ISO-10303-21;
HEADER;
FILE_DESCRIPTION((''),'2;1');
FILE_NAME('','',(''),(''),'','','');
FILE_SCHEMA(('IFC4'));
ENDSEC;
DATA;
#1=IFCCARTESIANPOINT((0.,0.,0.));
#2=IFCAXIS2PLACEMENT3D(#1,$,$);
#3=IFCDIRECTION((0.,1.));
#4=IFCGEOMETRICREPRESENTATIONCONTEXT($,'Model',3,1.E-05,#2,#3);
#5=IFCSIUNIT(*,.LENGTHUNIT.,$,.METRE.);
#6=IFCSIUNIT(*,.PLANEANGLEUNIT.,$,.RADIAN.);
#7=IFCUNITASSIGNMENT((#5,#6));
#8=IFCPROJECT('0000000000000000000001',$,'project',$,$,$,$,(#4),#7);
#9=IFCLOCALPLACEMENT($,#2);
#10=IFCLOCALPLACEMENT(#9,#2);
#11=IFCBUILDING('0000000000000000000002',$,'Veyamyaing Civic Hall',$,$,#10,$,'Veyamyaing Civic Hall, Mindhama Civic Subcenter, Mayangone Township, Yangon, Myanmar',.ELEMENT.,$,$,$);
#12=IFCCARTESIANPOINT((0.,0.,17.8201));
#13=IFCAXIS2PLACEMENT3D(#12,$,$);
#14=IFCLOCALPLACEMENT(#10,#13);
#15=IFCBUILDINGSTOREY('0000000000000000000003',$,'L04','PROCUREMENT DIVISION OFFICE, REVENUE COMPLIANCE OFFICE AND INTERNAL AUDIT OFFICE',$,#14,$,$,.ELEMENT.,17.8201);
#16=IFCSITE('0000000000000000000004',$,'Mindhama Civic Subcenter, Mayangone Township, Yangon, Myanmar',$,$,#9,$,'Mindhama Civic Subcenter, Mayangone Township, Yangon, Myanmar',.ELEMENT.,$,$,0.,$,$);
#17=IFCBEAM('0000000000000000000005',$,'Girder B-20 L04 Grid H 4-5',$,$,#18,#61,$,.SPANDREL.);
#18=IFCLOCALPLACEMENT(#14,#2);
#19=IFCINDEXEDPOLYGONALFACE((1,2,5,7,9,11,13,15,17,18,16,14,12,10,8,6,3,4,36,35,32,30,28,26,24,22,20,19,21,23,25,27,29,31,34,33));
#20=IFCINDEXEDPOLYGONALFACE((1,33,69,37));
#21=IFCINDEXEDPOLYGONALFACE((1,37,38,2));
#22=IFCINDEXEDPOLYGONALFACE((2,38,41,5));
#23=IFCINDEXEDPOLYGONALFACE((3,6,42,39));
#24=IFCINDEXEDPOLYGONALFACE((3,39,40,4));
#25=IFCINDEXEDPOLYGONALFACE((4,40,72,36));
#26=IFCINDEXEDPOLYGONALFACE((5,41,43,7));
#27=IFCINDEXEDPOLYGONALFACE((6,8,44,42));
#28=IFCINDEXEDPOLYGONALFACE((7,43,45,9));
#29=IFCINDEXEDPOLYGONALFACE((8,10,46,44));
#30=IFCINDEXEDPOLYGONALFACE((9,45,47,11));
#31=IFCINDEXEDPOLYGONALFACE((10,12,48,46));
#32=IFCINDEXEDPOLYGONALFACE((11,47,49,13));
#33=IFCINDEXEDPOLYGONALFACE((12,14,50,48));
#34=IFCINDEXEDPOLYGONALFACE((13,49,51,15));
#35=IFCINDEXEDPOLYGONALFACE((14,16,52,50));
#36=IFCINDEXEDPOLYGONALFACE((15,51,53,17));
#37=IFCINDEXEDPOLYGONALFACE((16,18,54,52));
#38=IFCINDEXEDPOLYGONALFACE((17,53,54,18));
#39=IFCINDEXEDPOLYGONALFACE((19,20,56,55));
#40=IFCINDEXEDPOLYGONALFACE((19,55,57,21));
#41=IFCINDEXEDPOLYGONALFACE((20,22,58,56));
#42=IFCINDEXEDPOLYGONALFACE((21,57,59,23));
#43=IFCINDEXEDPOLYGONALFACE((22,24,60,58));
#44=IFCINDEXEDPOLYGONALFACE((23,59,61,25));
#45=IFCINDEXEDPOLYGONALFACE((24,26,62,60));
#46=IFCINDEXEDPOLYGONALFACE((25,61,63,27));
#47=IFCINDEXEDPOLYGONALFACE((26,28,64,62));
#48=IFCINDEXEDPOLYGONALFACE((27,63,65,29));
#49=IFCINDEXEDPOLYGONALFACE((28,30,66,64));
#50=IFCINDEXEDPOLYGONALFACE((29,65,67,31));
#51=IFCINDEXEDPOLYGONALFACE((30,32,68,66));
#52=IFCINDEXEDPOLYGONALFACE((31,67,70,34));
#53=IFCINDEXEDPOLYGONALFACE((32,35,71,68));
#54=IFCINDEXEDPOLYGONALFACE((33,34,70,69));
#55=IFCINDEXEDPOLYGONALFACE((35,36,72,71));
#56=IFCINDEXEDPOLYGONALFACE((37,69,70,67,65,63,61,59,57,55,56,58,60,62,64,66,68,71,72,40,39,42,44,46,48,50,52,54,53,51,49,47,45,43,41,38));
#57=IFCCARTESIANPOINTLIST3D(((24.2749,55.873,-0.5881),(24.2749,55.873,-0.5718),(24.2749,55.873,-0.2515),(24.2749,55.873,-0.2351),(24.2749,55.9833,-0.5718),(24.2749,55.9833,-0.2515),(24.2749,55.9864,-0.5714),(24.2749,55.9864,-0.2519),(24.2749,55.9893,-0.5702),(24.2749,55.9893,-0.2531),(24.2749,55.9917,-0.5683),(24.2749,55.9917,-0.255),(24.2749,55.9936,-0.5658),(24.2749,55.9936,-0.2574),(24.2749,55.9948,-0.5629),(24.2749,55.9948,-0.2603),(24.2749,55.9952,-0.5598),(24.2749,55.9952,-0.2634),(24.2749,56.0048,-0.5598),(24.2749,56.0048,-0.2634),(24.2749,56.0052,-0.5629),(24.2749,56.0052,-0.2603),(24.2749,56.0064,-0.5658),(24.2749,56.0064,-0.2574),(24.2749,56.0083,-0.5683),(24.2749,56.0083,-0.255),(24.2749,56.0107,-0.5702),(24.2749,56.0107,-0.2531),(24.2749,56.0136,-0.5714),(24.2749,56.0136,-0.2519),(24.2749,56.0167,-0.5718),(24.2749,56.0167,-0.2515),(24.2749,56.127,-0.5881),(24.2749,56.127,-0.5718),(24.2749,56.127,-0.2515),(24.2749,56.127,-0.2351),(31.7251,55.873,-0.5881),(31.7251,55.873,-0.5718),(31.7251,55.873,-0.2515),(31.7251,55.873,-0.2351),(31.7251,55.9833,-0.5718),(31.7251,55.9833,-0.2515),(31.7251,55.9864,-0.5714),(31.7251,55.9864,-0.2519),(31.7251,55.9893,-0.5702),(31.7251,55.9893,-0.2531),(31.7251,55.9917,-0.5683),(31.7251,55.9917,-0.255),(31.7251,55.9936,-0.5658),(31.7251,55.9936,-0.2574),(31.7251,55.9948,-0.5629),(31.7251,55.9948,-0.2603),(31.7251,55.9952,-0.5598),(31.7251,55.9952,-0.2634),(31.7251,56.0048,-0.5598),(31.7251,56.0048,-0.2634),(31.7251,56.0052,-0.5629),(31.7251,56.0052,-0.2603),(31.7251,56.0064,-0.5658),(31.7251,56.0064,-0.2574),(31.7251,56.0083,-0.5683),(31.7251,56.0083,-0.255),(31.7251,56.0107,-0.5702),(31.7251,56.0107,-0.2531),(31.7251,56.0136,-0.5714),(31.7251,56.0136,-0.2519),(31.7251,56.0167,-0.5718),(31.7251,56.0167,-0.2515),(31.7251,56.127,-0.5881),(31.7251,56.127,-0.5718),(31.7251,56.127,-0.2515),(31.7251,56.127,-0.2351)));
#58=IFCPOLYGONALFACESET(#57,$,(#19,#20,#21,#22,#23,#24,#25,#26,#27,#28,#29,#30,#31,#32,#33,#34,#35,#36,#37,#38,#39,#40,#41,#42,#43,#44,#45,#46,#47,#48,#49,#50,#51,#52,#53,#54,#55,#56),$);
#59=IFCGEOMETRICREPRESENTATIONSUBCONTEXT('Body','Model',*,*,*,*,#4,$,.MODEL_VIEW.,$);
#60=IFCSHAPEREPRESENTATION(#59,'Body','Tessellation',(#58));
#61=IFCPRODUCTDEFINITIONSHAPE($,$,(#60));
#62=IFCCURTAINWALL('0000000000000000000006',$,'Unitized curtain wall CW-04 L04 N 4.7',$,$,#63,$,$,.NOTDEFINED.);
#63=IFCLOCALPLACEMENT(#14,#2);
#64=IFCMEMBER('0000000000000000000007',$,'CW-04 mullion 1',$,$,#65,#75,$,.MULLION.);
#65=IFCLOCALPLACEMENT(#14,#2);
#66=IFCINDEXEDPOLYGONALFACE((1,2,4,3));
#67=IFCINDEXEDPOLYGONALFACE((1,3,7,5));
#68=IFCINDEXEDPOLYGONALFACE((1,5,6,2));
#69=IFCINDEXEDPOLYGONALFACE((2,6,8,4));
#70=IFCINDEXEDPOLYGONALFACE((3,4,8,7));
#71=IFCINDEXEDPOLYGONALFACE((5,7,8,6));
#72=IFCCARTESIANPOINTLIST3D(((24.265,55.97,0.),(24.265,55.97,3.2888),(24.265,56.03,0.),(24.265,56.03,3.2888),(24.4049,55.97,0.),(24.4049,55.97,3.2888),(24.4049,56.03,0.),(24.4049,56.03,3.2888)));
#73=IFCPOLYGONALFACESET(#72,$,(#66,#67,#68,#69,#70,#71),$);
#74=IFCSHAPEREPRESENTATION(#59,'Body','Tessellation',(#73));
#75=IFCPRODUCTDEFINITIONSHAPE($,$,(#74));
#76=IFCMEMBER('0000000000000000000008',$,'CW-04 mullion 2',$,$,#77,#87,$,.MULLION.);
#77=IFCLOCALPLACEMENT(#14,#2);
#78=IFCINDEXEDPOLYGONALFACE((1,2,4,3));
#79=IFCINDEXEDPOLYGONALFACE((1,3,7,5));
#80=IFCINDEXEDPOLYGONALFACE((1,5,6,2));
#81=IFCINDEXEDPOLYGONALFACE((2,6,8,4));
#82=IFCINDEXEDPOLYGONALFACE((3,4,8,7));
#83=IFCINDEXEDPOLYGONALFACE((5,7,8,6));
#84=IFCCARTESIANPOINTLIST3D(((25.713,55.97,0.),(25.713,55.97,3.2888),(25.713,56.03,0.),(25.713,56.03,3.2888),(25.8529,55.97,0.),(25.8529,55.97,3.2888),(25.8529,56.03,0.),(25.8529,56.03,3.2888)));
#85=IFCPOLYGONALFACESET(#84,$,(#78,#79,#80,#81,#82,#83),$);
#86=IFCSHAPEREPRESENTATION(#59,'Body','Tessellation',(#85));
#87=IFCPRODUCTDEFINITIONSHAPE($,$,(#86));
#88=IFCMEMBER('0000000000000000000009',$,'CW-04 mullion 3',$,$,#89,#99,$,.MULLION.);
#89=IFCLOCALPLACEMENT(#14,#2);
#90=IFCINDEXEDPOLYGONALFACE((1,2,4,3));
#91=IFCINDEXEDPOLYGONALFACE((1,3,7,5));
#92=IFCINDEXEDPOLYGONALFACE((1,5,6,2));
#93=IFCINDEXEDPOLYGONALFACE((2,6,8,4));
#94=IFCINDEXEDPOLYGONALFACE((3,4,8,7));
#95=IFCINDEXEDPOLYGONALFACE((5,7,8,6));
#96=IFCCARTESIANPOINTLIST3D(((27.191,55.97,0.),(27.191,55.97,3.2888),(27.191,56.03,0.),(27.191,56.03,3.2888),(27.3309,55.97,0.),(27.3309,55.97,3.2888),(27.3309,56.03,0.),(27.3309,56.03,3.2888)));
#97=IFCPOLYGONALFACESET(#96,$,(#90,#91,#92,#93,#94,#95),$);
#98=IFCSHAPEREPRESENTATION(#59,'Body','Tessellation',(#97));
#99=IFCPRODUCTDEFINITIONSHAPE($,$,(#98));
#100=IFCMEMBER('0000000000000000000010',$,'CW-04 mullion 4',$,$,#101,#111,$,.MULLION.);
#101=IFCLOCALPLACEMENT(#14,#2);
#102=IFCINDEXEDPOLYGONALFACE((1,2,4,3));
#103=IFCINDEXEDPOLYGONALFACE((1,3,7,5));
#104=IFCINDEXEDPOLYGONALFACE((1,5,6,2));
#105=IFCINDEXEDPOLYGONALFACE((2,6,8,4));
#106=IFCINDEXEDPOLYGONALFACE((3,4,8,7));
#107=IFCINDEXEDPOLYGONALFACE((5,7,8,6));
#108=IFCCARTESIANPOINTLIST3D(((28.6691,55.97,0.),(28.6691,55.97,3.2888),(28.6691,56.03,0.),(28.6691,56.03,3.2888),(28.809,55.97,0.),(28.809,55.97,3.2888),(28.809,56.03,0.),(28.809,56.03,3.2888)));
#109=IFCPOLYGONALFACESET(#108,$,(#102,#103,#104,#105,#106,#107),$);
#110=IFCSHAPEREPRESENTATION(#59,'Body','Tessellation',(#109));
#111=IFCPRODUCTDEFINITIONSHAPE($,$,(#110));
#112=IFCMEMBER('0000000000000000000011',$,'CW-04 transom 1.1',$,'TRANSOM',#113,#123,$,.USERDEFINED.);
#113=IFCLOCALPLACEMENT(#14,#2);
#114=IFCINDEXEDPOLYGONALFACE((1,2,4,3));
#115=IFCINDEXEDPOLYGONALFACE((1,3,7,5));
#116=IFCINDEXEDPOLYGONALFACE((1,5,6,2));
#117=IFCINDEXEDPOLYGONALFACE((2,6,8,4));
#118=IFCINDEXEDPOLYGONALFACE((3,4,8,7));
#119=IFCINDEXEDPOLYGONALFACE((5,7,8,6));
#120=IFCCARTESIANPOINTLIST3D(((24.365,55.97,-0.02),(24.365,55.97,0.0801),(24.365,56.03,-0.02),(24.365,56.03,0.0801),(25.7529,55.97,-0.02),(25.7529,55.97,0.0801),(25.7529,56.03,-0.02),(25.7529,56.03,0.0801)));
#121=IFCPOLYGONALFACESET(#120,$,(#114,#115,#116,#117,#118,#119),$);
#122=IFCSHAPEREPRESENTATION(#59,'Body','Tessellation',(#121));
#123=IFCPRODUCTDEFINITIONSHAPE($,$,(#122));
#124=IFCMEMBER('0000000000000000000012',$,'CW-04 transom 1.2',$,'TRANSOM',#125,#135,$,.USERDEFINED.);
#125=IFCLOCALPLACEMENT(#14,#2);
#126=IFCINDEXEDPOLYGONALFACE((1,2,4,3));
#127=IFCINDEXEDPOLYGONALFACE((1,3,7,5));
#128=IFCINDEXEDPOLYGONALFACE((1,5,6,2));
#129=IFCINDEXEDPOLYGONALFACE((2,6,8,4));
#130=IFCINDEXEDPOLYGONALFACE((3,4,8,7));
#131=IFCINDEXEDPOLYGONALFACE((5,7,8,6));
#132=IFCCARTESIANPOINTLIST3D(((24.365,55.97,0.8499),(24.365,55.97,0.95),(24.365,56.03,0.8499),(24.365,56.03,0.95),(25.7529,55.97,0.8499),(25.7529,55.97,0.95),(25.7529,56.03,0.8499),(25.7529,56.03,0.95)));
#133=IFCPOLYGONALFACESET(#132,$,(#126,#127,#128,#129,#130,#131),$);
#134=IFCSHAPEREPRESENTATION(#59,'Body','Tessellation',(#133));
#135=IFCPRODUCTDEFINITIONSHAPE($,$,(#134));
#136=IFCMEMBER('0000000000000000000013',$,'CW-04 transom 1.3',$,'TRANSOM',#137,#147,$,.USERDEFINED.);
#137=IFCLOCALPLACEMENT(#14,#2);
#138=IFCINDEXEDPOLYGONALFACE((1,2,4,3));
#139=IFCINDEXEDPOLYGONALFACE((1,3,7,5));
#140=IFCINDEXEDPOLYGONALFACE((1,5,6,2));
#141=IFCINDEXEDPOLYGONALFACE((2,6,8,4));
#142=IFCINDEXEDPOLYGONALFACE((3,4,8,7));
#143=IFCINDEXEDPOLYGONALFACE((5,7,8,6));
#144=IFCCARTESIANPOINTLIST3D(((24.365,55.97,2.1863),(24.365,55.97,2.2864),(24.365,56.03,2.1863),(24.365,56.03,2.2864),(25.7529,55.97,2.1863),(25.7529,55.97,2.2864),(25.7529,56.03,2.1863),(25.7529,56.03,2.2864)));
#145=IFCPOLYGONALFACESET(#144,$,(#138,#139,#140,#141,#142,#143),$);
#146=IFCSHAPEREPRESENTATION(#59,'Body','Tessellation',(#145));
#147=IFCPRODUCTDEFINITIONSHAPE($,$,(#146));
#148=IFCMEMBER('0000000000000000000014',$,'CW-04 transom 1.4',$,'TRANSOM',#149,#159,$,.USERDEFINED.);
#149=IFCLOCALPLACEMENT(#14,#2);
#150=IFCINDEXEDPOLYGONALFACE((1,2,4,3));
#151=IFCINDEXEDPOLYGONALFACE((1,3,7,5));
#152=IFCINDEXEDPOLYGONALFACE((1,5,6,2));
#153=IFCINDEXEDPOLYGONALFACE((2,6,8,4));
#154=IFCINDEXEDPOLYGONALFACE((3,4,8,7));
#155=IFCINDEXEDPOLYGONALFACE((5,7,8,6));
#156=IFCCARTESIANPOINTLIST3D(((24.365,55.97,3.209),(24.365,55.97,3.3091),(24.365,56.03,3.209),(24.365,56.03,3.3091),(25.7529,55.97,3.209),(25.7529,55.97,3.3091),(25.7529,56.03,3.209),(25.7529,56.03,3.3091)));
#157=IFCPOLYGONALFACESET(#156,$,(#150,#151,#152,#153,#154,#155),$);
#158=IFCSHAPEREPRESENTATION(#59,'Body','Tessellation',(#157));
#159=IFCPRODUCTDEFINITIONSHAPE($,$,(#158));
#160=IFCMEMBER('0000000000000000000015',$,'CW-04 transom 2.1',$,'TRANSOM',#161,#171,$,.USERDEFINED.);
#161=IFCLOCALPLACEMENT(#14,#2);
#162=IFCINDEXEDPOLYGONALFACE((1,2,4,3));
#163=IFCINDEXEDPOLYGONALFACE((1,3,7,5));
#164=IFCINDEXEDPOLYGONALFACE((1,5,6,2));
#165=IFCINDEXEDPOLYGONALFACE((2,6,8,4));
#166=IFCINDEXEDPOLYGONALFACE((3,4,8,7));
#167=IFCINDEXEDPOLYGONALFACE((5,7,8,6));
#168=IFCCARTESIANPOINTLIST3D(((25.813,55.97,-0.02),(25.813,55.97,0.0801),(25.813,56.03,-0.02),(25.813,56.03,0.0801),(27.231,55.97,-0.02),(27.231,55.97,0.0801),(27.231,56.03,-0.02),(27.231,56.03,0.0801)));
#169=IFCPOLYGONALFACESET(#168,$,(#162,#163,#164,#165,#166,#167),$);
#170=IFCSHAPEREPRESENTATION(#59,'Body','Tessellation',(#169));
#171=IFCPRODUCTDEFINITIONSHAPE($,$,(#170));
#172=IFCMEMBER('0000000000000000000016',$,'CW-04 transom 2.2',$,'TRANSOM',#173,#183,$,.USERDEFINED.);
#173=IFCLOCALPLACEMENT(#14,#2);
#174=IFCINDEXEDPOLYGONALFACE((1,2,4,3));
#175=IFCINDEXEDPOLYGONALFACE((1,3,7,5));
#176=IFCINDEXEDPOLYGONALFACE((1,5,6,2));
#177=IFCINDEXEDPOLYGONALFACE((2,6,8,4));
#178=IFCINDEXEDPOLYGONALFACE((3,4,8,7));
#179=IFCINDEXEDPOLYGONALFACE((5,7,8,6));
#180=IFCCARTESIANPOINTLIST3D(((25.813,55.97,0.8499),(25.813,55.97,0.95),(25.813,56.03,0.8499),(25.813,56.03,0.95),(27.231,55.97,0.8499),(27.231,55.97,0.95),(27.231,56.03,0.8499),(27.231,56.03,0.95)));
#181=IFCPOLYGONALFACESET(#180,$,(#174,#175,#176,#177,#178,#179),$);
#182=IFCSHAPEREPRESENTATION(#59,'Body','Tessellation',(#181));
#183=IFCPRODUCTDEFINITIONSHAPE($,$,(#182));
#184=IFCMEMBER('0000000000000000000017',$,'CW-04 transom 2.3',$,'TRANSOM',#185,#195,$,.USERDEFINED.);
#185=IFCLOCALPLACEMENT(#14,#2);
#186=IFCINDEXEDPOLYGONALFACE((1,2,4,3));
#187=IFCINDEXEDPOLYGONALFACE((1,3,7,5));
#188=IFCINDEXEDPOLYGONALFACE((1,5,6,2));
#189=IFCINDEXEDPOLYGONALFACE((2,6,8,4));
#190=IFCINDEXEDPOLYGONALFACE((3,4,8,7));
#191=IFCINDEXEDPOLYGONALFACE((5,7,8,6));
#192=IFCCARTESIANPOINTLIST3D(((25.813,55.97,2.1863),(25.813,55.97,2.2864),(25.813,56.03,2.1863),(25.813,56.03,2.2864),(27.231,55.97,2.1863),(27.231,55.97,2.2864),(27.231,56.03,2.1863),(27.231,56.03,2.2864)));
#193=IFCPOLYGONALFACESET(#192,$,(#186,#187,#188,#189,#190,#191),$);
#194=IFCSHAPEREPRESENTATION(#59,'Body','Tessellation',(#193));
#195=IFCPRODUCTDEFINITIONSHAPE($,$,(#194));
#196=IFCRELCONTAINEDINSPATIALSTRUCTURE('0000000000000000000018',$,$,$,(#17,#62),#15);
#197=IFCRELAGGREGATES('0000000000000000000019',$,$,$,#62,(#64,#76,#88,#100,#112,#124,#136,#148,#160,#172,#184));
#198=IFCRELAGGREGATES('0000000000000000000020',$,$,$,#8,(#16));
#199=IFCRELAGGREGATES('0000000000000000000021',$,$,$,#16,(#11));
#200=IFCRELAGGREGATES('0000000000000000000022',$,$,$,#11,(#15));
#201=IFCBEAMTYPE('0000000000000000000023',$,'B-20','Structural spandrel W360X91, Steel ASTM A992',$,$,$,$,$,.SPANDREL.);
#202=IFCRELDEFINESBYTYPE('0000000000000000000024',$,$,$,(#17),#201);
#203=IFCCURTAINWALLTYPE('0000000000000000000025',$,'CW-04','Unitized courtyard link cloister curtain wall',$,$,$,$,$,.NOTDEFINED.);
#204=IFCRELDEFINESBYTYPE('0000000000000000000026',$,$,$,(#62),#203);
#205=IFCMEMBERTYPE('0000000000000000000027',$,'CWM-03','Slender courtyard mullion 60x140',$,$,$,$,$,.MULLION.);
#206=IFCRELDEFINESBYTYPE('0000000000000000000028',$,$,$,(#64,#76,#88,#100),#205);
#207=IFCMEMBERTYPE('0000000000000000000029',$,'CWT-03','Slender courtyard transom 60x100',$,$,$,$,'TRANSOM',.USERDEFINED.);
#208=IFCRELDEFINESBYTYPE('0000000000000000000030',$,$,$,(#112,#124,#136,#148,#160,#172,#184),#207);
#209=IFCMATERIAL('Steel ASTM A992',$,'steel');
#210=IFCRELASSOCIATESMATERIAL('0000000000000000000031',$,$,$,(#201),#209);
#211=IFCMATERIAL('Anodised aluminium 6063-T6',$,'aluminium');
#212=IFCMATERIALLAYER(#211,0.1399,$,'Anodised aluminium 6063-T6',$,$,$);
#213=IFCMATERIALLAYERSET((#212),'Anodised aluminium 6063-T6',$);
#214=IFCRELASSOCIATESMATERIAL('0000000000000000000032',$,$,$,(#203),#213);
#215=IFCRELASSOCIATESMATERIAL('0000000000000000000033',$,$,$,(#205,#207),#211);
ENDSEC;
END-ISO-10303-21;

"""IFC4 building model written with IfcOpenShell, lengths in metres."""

from ifc_helpers import new_model, si_unit, direction, frame, origin, origin_2d, place, context, subcontext, project, spatial, rectangle, i_section, extrude, material, layer, layer_set, material_profile, profile_set, type_object, element, aggregate, save


model = new_model("IFC4")

# Units and contexts
model_context = context("Model", 3, precision=1e-05, world=origin(), true_north=direction((0.0, 1.0)))
body_context = subcontext(model_context, "Body", "Model", "MODEL_VIEW")
ifc_project = project(units=[si_unit("LENGTHUNIT", "METRE"), si_unit("PLANEANGLEUNIT", "RADIAN")], contexts=[model_context])

# Site, building, storey
site_placement = place(None, origin())
site = spatial("IfcSite", under=ifc_project, at=site_placement, Name="Mindhama Civic Subcenter, Mayangone Township, Yangon, Myanmar", LongName="Mindhama Civic Subcenter, Mayangone Township, Yangon, Myanmar", CompositionType="ELEMENT", RefElevation=0.0)
building_placement = place(site_placement, origin())
building = spatial("IfcBuilding", under=site, at=building_placement, Name="Veyamyaing Civic Hall", LongName="Veyamyaing Civic Hall, Mindhama Civic Subcenter, Mayangone Township, Yangon, Myanmar", CompositionType="ELEMENT")
storey_placement = place(building_placement, frame((0.0, 0.0, 17.8201)))
storey = spatial("IfcBuildingStorey", under=building, at=storey_placement, Name="L04", Description="PROCUREMENT DIVISION OFFICE, REVENUE COMPLIANCE OFFICE AND INTERNAL AUDIT OFFICE", CompositionType="ELEMENT", Elevation=17.8201)

# Beam
ifc_material_1 = material(Name="Steel ASTM A992", Category="steel")
ifc_material_profile_1 = material_profile(ifc_material_1, i_section(OverallWidth=0.2539, OverallDepth=0.353, WebThickness=0.0095, FlangeThickness=0.0164, FilletRadius=0.012, at=origin_2d()), Name="W360X91")
ifc_profile_set_1 = profile_set([ifc_material_profile_1], Name="Steel ASTM A992")
beam_type_1 = type_object("IfcBeamType", Name="B-20", Description="Structural spandrel W360X91, Steel ASTM A992", PredefinedType="SPANDREL", material=ifc_profile_set_1)
beam_placement = place(storey_placement, frame((24.2749, 56.0, -0.4116), z_axis=(1.0, 0.0, 0.0), x_axis=(0.0, 1.0, 0.0)))
element("IfcBeam", 1, at=beam_placement, inside=storey, type_object=beam_type_1, Name="Girder B-20 L04 Grid H 4-5", PredefinedType="SPANDREL", context=body_context, shape_type="SweptSolid", body=[
    extrude(i_section(OverallWidth=0.2539, OverallDepth=0.353, WebThickness=0.0095, FlangeThickness=0.0164, FilletRadius=0.012, at=origin_2d()), origin(), (0.0, 0.0, 1.0), 7.4502),
])

# Curtain wall, members
ifc_material_2 = material(Name="Anodised aluminium 6063-T6", Category="aluminium")
ifc_layer_1 = layer(ifc_material_2, 0.1399, Name="Anodised aluminium 6063-T6")
ifc_layer_set_1 = layer_set([ifc_layer_1], Name="Anodised aluminium 6063-T6")
curtain_wall_type = type_object("IfcCurtainWallType", Name="CW-04", Description="Unitized courtyard link cloister curtain wall", PredefinedType="NOTDEFINED", material=ifc_layer_set_1)
curtain_wall_placement = place(storey_placement, origin())
curtain_wall = element("IfcCurtainWall", 2, at=curtain_wall_placement, inside=storey, type_object=curtain_wall_type, Name="Unitized curtain wall CW-04 L04 N 4.7", PredefinedType="NOTDEFINED")
ifc_material_profile_2 = material_profile(ifc_material_2, rectangle(XDim=0.0601, YDim=0.1399, at=origin_2d()), Name="ALU-MUL-60X140")
ifc_profile_set_2 = profile_set([ifc_material_profile_2], Name="Anodised aluminium 6063-T6")
member_type_1 = type_object("IfcMemberType", Name="CWM-03", Description="Slender courtyard mullion 60x140", PredefinedType="MULLION", material=ifc_profile_set_2)
member_1_placement = place(storey_placement, frame((24.335, 56.0, 0.0), z_axis=(0.0, 0.0, 1.0), x_axis=(0.0, 1.0, 0.0)))
member_1 = element("IfcMember", 3, at=member_1_placement, type_object=member_type_1, Name="CW-04 mullion 1", PredefinedType="MULLION", context=body_context, shape_type="SweptSolid", body=[
    extrude(rectangle(XDim=0.0601, YDim=0.1399, at=origin_2d()), origin(), (0.0, 0.0, 1.0), 3.2888),
])
member_2_placement = place(storey_placement, frame((25.783, 56.0, 0.0), z_axis=(0.0, 0.0, 1.0), x_axis=(0.0, 1.0, 0.0)))
member_2 = element("IfcMember", 4, at=member_2_placement, type_object=member_type_1, Name="CW-04 mullion 2", PredefinedType="MULLION", context=body_context, shape_type="SweptSolid", body=[
    extrude(rectangle(XDim=0.0601, YDim=0.1399, at=origin_2d()), origin(), (0.0, 0.0, 1.0), 3.2888),
])
member_3_placement = place(storey_placement, frame((27.261, 56.0, 0.0), z_axis=(0.0, 0.0, 1.0), x_axis=(0.0, 1.0, 0.0)))
member_3 = element("IfcMember", 5, at=member_3_placement, type_object=member_type_1, Name="CW-04 mullion 3", PredefinedType="MULLION", context=body_context, shape_type="SweptSolid", body=[
    extrude(rectangle(XDim=0.0601, YDim=0.1399, at=origin_2d()), origin(), (0.0, 0.0, 1.0), 3.2888),
])
member_4_placement = place(storey_placement, frame((28.739, 56.0, 0.0), z_axis=(0.0, 0.0, 1.0), x_axis=(0.0, 1.0, 0.0)))
member_4 = element("IfcMember", 6, at=member_4_placement, type_object=member_type_1, Name="CW-04 mullion 4", PredefinedType="MULLION", context=body_context, shape_type="SweptSolid", body=[
    extrude(rectangle(XDim=0.0601, YDim=0.1399, at=origin_2d()), origin(), (0.0, 0.0, 1.0), 3.2888),
])
ifc_material_profile_3 = material_profile(ifc_material_2, rectangle(XDim=0.0601, YDim=0.1001, at=origin_2d()), Name="ALU-TRN-60X100")
ifc_profile_set_3 = profile_set([ifc_material_profile_3], Name="Anodised aluminium 6063-T6")
member_type_2 = type_object("IfcMemberType", Name="CWT-03", Description="Slender courtyard transom 60x100", ElementType="TRANSOM", PredefinedType="USERDEFINED", material=ifc_profile_set_3)
member_5_placement = place(storey_placement, frame((24.365, 56.0, 0.03), z_axis=(1.0, 0.0, 0.0), x_axis=(0.0, 1.0, 0.0)))
member_5 = element("IfcMember", 7, at=member_5_placement, type_object=member_type_2, Name="CW-04 transom 1.1", ObjectType="TRANSOM", PredefinedType="USERDEFINED", context=body_context, shape_type="SweptSolid", body=[
    extrude(rectangle(XDim=0.0601, YDim=0.1001, at=origin_2d()), origin(), (0.0, 0.0, 1.0), 1.3879),
])
member_6_placement = place(storey_placement, frame((24.365, 56.0, 0.8999), z_axis=(1.0, 0.0, 0.0), x_axis=(0.0, 1.0, 0.0)))
member_6 = element("IfcMember", 8, at=member_6_placement, type_object=member_type_2, Name="CW-04 transom 1.2", ObjectType="TRANSOM", PredefinedType="USERDEFINED", context=body_context, shape_type="SweptSolid", body=[
    extrude(rectangle(XDim=0.0601, YDim=0.1001, at=origin_2d()), origin(), (0.0, 0.0, 1.0), 1.3879),
])
member_7_placement = place(storey_placement, frame((24.365, 56.0, 2.2363), z_axis=(1.0, 0.0, 0.0), x_axis=(0.0, 1.0, 0.0)))
member_7 = element("IfcMember", 9, at=member_7_placement, type_object=member_type_2, Name="CW-04 transom 1.3", ObjectType="TRANSOM", PredefinedType="USERDEFINED", context=body_context, shape_type="SweptSolid", body=[
    extrude(rectangle(XDim=0.0601, YDim=0.1001, at=origin_2d()), origin(), (0.0, 0.0, 1.0), 1.3879),
])
member_8_placement = place(storey_placement, frame((24.365, 56.0, 3.259), z_axis=(1.0, 0.0, 0.0), x_axis=(0.0, 1.0, 0.0)))
member_8 = element("IfcMember", 10, at=member_8_placement, type_object=member_type_2, Name="CW-04 transom 1.4", ObjectType="TRANSOM", PredefinedType="USERDEFINED", context=body_context, shape_type="SweptSolid", body=[
    extrude(rectangle(XDim=0.0601, YDim=0.1001, at=origin_2d()), origin(), (0.0, 0.0, 1.0), 1.3879),
])
member_9_placement = place(storey_placement, frame((25.813, 56.0, 0.03), z_axis=(1.0, 0.0, 0.0), x_axis=(0.0, 1.0, 0.0)))
member_9 = element("IfcMember", 11, at=member_9_placement, type_object=member_type_2, Name="CW-04 transom 2.1", ObjectType="TRANSOM", PredefinedType="USERDEFINED", context=body_context, shape_type="SweptSolid", body=[
    extrude(rectangle(XDim=0.0601, YDim=0.1001, at=origin_2d()), origin(), (0.0, 0.0, 1.0), 1.418),
])
member_10_placement = place(storey_placement, frame((25.813, 56.0, 0.8999), z_axis=(1.0, 0.0, 0.0), x_axis=(0.0, 1.0, 0.0)))
member_10 = element("IfcMember", 12, at=member_10_placement, type_object=member_type_2, Name="CW-04 transom 2.2", ObjectType="TRANSOM", PredefinedType="USERDEFINED", context=body_context, shape_type="SweptSolid", body=[
    extrude(rectangle(XDim=0.0601, YDim=0.1001, at=origin_2d()), origin(), (0.0, 0.0, 1.0), 1.418),
])
member_11_placement = place(storey_placement, frame((25.813, 56.0, 2.2363), z_axis=(1.0, 0.0, 0.0), x_axis=(0.0, 1.0, 0.0)))
member_11 = element("IfcMember", 13, at=member_11_placement, type_object=member_type_2, Name="CW-04 transom 2.3", ObjectType="TRANSOM", PredefinedType="USERDEFINED", context=body_context, shape_type="SweptSolid", body=[
    extrude(rectangle(XDim=0.0601, YDim=0.1001, at=origin_2d()), origin(), (0.0, 0.0, 1.0), 1.418),
])

aggregate(curtain_wall, [member_1, member_2, member_3, member_4, member_5, member_6, member_7, member_8, member_9, member_10, member_11])

save(model, "model.ifc")
